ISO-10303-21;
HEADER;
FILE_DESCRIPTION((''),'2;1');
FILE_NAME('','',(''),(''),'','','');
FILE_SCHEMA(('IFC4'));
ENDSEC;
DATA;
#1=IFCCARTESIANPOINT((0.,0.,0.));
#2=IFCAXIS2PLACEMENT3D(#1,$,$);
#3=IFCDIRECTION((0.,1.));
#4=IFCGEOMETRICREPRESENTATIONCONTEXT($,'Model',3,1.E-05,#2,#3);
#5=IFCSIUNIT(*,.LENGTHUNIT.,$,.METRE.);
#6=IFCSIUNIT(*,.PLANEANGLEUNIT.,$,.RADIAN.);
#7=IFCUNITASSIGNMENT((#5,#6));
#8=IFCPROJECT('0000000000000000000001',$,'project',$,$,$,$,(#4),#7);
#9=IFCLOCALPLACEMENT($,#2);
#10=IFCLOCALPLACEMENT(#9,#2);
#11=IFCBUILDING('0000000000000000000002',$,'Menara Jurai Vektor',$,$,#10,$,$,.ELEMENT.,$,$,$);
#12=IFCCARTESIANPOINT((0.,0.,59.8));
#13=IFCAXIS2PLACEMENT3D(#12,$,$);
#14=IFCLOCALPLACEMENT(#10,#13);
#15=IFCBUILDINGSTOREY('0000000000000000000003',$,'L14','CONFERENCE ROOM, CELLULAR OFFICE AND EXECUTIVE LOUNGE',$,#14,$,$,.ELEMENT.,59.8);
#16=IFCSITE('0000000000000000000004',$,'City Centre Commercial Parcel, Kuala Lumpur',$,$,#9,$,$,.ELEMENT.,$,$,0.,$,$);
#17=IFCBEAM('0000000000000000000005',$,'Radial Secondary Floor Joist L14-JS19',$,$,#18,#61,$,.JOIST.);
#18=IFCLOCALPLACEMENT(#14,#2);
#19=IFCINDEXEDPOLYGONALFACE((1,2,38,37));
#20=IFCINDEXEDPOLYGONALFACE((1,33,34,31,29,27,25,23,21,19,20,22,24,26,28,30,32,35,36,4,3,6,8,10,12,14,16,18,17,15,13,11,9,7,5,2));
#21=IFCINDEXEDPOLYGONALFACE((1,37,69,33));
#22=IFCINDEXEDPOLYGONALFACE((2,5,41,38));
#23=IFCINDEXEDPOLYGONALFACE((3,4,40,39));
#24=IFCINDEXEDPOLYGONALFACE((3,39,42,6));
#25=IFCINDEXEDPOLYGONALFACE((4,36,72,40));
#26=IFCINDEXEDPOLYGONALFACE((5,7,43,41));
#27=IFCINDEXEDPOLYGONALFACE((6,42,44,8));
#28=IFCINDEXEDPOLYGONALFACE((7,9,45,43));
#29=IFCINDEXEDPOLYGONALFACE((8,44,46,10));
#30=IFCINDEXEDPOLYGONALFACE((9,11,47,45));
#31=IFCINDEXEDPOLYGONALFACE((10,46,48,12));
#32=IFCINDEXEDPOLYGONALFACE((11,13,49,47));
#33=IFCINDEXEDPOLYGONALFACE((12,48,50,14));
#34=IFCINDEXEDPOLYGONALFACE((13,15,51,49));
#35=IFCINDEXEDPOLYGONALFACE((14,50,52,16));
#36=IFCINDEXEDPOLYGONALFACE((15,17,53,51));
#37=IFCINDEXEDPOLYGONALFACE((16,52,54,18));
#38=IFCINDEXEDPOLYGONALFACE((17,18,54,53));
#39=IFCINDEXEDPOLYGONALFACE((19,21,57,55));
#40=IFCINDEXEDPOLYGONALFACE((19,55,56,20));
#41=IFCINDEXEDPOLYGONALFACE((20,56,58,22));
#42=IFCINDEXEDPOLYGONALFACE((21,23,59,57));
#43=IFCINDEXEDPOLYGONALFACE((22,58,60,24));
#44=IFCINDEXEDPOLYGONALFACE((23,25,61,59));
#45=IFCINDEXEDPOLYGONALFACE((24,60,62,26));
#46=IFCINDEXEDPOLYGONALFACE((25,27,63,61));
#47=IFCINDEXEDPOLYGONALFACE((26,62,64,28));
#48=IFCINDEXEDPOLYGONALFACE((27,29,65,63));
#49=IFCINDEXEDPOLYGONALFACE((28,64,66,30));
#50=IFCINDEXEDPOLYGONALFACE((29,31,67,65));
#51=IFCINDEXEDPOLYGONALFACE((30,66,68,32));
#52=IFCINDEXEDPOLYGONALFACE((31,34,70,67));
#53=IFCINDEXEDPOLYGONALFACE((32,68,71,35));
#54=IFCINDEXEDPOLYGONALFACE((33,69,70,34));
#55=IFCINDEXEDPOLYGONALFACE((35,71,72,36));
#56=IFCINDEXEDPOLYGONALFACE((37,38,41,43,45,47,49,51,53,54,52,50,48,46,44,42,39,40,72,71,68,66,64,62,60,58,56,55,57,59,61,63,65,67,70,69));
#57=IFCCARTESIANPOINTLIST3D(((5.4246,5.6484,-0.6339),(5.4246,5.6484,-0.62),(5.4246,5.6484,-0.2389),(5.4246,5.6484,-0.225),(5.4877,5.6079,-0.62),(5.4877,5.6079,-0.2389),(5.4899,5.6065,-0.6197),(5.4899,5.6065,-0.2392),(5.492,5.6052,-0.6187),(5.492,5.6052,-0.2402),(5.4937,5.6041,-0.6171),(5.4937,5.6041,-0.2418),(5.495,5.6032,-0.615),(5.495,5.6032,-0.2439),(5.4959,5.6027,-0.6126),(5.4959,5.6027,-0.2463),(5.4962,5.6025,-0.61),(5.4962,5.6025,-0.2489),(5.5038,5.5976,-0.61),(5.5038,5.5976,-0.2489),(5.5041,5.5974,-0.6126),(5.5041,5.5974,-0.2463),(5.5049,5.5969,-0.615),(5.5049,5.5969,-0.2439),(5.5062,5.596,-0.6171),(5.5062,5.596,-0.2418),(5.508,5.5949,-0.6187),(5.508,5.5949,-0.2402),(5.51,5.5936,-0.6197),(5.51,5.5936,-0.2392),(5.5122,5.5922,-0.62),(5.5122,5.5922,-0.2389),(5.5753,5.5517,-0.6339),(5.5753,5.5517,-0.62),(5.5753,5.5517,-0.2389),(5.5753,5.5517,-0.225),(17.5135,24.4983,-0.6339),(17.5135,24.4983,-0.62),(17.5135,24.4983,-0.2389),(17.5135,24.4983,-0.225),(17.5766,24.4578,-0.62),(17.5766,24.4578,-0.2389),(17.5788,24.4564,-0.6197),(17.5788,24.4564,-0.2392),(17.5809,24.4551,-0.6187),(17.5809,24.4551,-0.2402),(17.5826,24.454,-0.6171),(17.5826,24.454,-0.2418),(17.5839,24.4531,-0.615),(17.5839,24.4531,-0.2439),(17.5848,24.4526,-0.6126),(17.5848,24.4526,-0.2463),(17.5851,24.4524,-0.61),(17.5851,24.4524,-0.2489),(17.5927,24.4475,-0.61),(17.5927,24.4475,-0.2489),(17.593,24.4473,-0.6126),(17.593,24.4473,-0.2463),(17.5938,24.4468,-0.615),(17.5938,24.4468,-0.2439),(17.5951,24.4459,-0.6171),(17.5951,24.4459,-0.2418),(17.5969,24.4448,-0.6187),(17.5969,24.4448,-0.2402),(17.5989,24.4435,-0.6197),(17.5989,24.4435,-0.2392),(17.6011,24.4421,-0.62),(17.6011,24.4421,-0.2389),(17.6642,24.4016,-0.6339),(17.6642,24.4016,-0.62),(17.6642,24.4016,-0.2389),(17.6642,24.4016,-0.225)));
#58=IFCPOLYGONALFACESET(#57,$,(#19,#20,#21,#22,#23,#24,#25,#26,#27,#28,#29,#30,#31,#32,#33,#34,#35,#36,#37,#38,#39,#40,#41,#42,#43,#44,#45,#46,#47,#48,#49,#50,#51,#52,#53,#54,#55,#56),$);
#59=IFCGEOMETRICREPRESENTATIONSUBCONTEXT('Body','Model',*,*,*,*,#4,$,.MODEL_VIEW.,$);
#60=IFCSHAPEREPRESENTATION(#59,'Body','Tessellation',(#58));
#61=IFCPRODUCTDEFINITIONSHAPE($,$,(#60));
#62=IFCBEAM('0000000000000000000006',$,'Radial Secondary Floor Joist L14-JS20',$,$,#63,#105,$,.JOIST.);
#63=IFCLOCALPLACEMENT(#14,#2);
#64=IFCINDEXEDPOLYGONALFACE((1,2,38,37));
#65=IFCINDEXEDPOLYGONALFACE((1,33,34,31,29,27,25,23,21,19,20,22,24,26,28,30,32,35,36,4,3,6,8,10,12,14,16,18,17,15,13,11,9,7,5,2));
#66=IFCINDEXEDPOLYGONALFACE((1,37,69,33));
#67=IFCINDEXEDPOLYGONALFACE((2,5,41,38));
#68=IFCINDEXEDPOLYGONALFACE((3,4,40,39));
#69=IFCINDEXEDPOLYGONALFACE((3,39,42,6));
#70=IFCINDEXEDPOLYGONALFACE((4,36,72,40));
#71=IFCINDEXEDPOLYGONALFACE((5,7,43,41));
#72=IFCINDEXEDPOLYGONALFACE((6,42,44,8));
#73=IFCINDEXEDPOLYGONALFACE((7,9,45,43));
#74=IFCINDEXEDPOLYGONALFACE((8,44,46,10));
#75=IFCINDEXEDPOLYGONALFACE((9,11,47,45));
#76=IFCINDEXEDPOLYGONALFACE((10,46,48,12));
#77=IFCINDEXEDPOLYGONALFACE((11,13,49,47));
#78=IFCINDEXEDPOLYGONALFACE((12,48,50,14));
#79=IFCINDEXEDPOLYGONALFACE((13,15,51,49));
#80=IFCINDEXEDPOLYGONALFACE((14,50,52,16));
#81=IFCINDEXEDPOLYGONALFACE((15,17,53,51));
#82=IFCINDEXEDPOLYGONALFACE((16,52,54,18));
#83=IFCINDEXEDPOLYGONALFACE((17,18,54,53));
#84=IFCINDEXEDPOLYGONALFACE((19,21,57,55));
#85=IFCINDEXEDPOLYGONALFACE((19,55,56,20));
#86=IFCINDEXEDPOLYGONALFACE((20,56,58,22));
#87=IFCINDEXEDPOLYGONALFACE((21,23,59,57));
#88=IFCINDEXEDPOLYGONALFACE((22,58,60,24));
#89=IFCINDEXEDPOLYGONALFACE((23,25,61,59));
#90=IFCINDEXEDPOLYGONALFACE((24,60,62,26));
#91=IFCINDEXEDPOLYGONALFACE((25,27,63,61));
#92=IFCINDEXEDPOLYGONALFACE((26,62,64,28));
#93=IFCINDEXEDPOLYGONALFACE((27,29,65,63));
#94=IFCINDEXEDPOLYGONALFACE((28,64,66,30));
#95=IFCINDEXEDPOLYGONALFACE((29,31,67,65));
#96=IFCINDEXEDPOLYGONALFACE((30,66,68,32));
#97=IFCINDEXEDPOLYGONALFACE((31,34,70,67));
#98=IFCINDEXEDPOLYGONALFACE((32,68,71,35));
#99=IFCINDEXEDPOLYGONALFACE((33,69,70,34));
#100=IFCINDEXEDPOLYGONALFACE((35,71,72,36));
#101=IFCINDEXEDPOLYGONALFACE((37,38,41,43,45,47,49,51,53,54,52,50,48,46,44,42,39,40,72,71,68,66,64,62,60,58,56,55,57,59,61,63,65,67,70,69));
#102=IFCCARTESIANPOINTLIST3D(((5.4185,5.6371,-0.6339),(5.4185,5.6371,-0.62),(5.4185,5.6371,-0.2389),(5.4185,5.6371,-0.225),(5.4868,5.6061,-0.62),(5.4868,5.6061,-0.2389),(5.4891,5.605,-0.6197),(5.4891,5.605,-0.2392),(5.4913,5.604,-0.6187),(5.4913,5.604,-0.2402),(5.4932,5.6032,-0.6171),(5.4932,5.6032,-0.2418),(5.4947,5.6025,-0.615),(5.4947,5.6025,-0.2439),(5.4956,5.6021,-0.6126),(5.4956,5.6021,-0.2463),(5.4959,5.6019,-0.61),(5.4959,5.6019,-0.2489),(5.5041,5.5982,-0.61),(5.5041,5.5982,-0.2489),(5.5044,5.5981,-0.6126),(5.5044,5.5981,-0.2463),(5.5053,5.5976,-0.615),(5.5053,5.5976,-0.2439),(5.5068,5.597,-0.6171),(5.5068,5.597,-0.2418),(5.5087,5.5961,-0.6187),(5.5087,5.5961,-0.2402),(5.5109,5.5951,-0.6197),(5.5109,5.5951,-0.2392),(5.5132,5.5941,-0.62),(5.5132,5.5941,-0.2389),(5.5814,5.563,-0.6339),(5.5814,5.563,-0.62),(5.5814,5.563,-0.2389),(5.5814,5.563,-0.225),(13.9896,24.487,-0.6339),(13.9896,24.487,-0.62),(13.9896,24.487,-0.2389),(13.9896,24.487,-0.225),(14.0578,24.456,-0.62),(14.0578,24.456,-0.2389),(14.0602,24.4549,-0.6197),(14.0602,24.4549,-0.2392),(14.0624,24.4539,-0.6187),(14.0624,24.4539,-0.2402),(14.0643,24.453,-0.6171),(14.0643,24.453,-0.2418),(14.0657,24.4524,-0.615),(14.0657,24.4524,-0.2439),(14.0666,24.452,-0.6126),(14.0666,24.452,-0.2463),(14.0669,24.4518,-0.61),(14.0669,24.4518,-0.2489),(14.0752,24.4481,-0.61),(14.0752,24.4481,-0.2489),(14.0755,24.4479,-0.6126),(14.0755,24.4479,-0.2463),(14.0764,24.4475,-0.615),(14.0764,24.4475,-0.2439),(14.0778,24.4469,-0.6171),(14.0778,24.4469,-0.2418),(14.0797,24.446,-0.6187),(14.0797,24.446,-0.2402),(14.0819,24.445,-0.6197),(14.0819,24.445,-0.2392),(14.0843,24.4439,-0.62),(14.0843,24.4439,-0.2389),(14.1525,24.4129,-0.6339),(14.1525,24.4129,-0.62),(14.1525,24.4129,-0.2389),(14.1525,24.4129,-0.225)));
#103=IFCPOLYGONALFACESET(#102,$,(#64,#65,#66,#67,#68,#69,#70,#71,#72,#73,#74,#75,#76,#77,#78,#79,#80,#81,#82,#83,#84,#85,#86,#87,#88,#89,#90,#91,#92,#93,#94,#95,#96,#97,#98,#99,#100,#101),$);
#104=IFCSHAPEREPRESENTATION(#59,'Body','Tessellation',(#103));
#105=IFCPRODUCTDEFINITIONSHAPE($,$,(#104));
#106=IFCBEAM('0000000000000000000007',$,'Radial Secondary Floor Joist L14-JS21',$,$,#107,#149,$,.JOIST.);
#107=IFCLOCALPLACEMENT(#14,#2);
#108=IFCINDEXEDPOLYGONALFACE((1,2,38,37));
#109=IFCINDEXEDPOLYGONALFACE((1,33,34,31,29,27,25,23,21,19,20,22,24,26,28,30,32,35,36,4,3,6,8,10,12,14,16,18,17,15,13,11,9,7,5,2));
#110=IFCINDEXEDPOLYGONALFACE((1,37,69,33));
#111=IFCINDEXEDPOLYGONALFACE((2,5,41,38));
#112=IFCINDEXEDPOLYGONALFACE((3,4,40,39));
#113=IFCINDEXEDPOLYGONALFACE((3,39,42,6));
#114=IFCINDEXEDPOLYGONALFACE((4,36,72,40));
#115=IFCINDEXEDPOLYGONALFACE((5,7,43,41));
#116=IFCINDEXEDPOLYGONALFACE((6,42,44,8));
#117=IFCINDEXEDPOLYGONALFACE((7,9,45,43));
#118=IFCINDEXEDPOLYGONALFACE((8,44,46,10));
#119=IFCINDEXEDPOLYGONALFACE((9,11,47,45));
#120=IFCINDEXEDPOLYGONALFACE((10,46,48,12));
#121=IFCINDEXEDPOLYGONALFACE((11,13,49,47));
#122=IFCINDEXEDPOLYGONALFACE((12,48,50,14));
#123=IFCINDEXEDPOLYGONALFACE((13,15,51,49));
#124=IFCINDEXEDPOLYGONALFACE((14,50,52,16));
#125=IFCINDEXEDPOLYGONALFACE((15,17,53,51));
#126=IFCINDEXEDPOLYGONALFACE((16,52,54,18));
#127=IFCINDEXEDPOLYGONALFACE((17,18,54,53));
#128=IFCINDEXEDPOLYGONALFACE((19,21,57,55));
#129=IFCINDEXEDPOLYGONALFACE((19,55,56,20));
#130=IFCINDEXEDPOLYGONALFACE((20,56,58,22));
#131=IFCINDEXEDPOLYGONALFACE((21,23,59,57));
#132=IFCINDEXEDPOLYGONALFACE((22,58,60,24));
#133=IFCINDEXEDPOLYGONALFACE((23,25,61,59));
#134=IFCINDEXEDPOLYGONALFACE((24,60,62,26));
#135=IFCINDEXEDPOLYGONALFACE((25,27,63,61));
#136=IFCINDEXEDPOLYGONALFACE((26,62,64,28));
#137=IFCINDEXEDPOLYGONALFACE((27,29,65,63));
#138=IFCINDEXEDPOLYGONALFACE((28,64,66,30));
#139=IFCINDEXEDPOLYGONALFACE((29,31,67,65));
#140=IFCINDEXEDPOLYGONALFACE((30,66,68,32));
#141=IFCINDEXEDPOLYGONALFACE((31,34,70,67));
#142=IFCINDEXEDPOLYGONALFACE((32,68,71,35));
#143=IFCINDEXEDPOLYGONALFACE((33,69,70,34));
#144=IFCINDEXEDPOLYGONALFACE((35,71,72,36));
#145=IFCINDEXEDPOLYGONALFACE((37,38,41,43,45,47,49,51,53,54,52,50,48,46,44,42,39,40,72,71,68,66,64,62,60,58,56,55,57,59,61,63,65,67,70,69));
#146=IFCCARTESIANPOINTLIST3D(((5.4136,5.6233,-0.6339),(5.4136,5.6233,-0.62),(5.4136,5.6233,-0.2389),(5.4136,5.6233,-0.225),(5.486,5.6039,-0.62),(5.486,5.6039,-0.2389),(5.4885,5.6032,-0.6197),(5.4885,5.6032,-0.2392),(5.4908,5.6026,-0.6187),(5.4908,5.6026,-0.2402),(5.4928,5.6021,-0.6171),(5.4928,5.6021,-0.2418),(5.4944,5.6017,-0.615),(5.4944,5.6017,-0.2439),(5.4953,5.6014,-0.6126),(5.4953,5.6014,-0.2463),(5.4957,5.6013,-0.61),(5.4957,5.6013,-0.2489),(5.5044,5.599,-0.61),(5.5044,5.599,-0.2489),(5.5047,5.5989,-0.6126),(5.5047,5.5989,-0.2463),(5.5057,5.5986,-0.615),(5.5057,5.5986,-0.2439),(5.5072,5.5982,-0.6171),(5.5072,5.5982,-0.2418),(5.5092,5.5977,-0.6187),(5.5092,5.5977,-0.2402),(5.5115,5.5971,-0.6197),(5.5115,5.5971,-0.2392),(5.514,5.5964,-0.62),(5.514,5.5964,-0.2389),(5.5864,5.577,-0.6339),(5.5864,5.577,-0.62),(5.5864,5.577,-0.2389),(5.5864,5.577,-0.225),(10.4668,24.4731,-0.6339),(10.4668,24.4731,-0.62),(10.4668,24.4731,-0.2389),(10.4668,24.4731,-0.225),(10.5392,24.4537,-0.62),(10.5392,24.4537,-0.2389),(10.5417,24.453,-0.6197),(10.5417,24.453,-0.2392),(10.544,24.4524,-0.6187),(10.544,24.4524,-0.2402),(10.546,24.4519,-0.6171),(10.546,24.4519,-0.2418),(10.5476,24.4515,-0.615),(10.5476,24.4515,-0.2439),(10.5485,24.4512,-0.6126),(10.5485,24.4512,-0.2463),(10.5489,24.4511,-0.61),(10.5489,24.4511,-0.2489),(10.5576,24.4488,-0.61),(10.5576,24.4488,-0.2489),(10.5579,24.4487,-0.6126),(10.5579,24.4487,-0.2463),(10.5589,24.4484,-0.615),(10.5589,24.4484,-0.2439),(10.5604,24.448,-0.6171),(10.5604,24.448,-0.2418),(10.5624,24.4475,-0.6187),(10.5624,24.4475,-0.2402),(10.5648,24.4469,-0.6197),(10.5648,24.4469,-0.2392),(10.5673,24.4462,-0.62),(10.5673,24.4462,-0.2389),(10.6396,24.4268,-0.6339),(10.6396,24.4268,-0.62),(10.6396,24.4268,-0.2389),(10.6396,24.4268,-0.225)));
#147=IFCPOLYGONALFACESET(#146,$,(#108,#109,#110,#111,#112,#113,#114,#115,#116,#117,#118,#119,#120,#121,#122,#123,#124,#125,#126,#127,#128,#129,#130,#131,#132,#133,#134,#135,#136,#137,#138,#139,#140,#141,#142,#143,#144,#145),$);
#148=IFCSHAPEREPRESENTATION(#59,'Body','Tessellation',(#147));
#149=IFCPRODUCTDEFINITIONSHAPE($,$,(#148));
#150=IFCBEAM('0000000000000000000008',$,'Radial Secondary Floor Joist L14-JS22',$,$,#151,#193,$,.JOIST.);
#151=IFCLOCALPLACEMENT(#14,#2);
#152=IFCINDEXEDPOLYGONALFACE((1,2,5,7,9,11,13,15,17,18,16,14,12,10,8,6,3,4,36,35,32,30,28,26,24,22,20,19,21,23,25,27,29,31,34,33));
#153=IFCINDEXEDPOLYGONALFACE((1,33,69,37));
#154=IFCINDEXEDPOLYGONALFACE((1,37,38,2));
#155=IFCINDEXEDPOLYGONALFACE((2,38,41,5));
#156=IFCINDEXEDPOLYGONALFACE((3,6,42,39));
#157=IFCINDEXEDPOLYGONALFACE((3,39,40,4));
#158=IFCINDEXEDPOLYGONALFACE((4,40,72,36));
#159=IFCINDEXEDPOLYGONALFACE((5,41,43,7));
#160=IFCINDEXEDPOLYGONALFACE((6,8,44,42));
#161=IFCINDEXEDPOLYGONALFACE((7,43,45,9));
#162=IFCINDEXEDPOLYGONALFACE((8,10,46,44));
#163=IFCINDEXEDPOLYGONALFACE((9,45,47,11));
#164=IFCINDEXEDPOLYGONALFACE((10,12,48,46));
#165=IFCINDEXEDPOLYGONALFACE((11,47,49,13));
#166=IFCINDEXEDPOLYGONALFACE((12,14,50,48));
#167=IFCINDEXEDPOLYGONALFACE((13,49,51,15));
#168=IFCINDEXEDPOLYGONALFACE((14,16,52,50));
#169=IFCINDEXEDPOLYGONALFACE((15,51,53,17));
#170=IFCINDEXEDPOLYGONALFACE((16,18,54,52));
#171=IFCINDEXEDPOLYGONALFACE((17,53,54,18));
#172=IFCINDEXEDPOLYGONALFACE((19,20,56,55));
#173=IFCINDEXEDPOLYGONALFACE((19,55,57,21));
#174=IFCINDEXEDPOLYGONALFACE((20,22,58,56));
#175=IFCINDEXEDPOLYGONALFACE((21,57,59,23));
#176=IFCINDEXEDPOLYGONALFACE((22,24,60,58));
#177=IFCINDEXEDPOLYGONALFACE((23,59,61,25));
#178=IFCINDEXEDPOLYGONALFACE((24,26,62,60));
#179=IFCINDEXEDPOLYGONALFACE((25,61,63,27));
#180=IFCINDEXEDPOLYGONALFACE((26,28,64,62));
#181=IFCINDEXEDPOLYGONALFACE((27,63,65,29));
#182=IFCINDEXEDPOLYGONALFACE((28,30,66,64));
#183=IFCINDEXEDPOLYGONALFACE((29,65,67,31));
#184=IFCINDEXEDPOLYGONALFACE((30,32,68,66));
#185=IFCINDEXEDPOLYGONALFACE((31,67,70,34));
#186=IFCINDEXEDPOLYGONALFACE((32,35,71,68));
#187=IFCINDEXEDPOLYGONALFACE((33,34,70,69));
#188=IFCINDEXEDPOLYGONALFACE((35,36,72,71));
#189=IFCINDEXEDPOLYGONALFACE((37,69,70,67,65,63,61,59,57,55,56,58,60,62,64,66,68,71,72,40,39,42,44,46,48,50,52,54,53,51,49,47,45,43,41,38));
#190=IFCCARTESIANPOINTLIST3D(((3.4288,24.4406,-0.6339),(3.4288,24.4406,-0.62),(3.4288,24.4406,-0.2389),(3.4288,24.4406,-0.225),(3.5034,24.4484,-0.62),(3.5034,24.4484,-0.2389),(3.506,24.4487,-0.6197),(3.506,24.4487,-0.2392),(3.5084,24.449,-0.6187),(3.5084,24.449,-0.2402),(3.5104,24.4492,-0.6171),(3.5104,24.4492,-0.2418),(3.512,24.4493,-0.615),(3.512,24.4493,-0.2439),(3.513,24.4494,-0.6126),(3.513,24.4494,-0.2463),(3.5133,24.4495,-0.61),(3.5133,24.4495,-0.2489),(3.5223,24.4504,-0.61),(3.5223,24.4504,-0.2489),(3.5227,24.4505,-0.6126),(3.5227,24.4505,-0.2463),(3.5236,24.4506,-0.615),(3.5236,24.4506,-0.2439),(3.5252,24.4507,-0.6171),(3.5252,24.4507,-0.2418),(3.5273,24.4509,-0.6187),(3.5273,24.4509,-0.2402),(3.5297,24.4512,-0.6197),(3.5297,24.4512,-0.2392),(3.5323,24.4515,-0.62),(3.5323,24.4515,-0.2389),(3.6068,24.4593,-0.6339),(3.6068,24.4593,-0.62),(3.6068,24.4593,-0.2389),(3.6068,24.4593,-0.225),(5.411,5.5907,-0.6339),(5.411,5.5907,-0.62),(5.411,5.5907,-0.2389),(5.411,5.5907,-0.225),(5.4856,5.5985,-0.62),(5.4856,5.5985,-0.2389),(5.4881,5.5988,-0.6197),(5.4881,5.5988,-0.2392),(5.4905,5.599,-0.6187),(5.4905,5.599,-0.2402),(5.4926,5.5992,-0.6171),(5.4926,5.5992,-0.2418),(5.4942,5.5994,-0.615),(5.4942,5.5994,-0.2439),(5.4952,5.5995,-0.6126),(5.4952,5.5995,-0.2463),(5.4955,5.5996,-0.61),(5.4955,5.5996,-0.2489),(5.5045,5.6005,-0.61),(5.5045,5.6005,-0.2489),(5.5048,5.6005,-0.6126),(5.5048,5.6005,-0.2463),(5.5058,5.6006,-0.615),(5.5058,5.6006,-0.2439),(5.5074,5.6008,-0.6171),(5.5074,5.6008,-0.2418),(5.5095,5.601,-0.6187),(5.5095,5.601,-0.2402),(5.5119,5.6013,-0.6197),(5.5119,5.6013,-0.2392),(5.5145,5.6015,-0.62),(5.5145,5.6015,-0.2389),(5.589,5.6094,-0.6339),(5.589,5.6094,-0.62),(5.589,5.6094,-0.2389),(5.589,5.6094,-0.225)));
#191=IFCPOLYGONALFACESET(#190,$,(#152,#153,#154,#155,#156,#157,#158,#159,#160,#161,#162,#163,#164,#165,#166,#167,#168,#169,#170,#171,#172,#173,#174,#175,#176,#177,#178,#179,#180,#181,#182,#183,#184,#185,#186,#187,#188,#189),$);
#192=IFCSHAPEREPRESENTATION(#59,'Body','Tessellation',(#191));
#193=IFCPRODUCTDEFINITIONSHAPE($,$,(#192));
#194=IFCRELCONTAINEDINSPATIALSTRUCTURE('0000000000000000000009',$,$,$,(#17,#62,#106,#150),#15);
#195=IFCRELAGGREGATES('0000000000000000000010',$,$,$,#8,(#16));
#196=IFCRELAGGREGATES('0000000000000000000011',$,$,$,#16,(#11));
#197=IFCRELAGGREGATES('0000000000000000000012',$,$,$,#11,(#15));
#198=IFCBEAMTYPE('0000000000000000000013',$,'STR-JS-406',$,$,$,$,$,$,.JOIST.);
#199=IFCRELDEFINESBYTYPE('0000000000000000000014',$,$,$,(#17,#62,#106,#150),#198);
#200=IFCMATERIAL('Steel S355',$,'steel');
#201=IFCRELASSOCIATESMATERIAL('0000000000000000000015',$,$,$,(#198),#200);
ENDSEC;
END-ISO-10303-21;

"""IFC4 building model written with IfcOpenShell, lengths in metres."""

from ifc_helpers import new_model, si_unit, direction, frame, origin, origin_2d, place, context, subcontext, project, spatial, i_section, extrude, material, material_profile, profile_set, type_object, element, save


model = new_model("IFC4")

# Units and contexts
model_context = context("Model", 3, precision=1e-05, world=origin(), true_north=direction((0.0, 1.0)))
body_context = subcontext(model_context, "Body", "Model", "MODEL_VIEW")
ifc_project = project(units=[si_unit("LENGTHUNIT", "METRE"), si_unit("PLANEANGLEUNIT", "RADIAN")], contexts=[model_context])

# Site, building, storey
site_placement = place(None, origin())
site = spatial("IfcSite", under=ifc_project, at=site_placement, Name="City Centre Commercial Parcel, Kuala Lumpur", CompositionType="ELEMENT", RefElevation=0.0)
building_placement = place(site_placement, origin())
building = spatial("IfcBuilding", under=site, at=building_placement, Name="Menara Jurai Vektor", CompositionType="ELEMENT")
storey_placement = place(building_placement, frame((0.0, 0.0, 59.8)))
storey = spatial("IfcBuildingStorey", under=building, at=storey_placement, Name="L14", Description="CONFERENCE ROOM, CELLULAR OFFICE AND EXECUTIVE LOUNGE", CompositionType="ELEMENT", Elevation=59.8)

# Beams
ifc_material_1 = material(Name="Steel S355", Category="steel")
ifc_material_profile_1 = material_profile(ifc_material_1, i_section(OverallWidth=0.179, OverallDepth=0.4089, WebThickness=0.009, FlangeThickness=0.0139, FilletRadius=0.01, at=origin_2d()), Name="UKB 406x178x67")
ifc_profile_set_1 = profile_set([ifc_material_profile_1], Name="Steel S355")
beam_type_1 = type_object("IfcBeamType", Name="STR-JS-406", PredefinedType="JOIST", material=ifc_profile_set_1)
beam_1_placement = place(storey_placement, frame((17.5889, 24.45, -0.4294), z_axis=(-0.539844, -0.841765, 0.0), x_axis=(0.841765, -0.539844, 0.0)))
element("IfcBeam", 1, at=beam_1_placement, inside=storey, type_object=beam_type_1, Name="Radial Secondary Floor Joist L14-JS19", PredefinedType="JOIST", context=body_context, shape_type="SweptSolid", body=[
    extrude(i_section(OverallWidth=0.179, OverallDepth=0.4089, WebThickness=0.009, FlangeThickness=0.0139, FilletRadius=0.01, at=origin_2d()), origin(), (0.0, 0.0, 1.0), 22.3933),
])
beam_2_placement = place(storey_placement, frame((14.071, 24.45, -0.4294), z_axis=(-0.41392, -0.910313, 0.0), x_axis=(0.910313, -0.41392, 0.0)))
element("IfcBeam", 2, at=beam_2_placement, inside=storey, type_object=beam_type_1, Name="Radial Secondary Floor Joist L14-JS20", PredefinedType="JOIST", context=body_context, shape_type="SweptSolid", body=[
    extrude(i_section(OverallWidth=0.179, OverallDepth=0.4089, WebThickness=0.009, FlangeThickness=0.0139, FilletRadius=0.01, at=origin_2d()), origin(), (0.0, 0.0, 1.0), 20.707),
])
beam_3_placement = place(storey_placement, frame((10.5532, 24.45, -0.4294), z_axis=(-0.258935, -0.965895, 0.0), x_axis=(0.965895, -0.258935, 0.0)))
element("IfcBeam", 3, at=beam_3_placement, inside=storey, type_object=beam_type_1, Name="Radial Secondary Floor Joist L14-JS21", PredefinedType="JOIST", context=body_context, shape_type="SweptSolid", body=[
    extrude(i_section(OverallWidth=0.179, OverallDepth=0.4089, WebThickness=0.009, FlangeThickness=0.0139, FilletRadius=0.01, at=origin_2d()), origin(), (0.0, 0.0, 1.0), 19.5154),
])
beam_4_placement = place(storey_placement, frame((3.5178, 24.45, -0.4294), z_axis=(0.10458, -0.994517, 0.0), x_axis=(0.994517, 0.10458, 0.0)))
element("IfcBeam", 4, at=beam_4_placement, inside=storey, type_object=beam_type_1, Name="Radial Secondary Floor Joist L14-JS22", PredefinedType="JOIST", context=body_context, shape_type="SweptSolid", body=[
    extrude(i_section(OverallWidth=0.179, OverallDepth=0.4089, WebThickness=0.009, FlangeThickness=0.0139, FilletRadius=0.01, at=origin_2d()), origin(), (0.0, 0.0, 1.0), 18.9539),
])

save(model, "model.ifc")
